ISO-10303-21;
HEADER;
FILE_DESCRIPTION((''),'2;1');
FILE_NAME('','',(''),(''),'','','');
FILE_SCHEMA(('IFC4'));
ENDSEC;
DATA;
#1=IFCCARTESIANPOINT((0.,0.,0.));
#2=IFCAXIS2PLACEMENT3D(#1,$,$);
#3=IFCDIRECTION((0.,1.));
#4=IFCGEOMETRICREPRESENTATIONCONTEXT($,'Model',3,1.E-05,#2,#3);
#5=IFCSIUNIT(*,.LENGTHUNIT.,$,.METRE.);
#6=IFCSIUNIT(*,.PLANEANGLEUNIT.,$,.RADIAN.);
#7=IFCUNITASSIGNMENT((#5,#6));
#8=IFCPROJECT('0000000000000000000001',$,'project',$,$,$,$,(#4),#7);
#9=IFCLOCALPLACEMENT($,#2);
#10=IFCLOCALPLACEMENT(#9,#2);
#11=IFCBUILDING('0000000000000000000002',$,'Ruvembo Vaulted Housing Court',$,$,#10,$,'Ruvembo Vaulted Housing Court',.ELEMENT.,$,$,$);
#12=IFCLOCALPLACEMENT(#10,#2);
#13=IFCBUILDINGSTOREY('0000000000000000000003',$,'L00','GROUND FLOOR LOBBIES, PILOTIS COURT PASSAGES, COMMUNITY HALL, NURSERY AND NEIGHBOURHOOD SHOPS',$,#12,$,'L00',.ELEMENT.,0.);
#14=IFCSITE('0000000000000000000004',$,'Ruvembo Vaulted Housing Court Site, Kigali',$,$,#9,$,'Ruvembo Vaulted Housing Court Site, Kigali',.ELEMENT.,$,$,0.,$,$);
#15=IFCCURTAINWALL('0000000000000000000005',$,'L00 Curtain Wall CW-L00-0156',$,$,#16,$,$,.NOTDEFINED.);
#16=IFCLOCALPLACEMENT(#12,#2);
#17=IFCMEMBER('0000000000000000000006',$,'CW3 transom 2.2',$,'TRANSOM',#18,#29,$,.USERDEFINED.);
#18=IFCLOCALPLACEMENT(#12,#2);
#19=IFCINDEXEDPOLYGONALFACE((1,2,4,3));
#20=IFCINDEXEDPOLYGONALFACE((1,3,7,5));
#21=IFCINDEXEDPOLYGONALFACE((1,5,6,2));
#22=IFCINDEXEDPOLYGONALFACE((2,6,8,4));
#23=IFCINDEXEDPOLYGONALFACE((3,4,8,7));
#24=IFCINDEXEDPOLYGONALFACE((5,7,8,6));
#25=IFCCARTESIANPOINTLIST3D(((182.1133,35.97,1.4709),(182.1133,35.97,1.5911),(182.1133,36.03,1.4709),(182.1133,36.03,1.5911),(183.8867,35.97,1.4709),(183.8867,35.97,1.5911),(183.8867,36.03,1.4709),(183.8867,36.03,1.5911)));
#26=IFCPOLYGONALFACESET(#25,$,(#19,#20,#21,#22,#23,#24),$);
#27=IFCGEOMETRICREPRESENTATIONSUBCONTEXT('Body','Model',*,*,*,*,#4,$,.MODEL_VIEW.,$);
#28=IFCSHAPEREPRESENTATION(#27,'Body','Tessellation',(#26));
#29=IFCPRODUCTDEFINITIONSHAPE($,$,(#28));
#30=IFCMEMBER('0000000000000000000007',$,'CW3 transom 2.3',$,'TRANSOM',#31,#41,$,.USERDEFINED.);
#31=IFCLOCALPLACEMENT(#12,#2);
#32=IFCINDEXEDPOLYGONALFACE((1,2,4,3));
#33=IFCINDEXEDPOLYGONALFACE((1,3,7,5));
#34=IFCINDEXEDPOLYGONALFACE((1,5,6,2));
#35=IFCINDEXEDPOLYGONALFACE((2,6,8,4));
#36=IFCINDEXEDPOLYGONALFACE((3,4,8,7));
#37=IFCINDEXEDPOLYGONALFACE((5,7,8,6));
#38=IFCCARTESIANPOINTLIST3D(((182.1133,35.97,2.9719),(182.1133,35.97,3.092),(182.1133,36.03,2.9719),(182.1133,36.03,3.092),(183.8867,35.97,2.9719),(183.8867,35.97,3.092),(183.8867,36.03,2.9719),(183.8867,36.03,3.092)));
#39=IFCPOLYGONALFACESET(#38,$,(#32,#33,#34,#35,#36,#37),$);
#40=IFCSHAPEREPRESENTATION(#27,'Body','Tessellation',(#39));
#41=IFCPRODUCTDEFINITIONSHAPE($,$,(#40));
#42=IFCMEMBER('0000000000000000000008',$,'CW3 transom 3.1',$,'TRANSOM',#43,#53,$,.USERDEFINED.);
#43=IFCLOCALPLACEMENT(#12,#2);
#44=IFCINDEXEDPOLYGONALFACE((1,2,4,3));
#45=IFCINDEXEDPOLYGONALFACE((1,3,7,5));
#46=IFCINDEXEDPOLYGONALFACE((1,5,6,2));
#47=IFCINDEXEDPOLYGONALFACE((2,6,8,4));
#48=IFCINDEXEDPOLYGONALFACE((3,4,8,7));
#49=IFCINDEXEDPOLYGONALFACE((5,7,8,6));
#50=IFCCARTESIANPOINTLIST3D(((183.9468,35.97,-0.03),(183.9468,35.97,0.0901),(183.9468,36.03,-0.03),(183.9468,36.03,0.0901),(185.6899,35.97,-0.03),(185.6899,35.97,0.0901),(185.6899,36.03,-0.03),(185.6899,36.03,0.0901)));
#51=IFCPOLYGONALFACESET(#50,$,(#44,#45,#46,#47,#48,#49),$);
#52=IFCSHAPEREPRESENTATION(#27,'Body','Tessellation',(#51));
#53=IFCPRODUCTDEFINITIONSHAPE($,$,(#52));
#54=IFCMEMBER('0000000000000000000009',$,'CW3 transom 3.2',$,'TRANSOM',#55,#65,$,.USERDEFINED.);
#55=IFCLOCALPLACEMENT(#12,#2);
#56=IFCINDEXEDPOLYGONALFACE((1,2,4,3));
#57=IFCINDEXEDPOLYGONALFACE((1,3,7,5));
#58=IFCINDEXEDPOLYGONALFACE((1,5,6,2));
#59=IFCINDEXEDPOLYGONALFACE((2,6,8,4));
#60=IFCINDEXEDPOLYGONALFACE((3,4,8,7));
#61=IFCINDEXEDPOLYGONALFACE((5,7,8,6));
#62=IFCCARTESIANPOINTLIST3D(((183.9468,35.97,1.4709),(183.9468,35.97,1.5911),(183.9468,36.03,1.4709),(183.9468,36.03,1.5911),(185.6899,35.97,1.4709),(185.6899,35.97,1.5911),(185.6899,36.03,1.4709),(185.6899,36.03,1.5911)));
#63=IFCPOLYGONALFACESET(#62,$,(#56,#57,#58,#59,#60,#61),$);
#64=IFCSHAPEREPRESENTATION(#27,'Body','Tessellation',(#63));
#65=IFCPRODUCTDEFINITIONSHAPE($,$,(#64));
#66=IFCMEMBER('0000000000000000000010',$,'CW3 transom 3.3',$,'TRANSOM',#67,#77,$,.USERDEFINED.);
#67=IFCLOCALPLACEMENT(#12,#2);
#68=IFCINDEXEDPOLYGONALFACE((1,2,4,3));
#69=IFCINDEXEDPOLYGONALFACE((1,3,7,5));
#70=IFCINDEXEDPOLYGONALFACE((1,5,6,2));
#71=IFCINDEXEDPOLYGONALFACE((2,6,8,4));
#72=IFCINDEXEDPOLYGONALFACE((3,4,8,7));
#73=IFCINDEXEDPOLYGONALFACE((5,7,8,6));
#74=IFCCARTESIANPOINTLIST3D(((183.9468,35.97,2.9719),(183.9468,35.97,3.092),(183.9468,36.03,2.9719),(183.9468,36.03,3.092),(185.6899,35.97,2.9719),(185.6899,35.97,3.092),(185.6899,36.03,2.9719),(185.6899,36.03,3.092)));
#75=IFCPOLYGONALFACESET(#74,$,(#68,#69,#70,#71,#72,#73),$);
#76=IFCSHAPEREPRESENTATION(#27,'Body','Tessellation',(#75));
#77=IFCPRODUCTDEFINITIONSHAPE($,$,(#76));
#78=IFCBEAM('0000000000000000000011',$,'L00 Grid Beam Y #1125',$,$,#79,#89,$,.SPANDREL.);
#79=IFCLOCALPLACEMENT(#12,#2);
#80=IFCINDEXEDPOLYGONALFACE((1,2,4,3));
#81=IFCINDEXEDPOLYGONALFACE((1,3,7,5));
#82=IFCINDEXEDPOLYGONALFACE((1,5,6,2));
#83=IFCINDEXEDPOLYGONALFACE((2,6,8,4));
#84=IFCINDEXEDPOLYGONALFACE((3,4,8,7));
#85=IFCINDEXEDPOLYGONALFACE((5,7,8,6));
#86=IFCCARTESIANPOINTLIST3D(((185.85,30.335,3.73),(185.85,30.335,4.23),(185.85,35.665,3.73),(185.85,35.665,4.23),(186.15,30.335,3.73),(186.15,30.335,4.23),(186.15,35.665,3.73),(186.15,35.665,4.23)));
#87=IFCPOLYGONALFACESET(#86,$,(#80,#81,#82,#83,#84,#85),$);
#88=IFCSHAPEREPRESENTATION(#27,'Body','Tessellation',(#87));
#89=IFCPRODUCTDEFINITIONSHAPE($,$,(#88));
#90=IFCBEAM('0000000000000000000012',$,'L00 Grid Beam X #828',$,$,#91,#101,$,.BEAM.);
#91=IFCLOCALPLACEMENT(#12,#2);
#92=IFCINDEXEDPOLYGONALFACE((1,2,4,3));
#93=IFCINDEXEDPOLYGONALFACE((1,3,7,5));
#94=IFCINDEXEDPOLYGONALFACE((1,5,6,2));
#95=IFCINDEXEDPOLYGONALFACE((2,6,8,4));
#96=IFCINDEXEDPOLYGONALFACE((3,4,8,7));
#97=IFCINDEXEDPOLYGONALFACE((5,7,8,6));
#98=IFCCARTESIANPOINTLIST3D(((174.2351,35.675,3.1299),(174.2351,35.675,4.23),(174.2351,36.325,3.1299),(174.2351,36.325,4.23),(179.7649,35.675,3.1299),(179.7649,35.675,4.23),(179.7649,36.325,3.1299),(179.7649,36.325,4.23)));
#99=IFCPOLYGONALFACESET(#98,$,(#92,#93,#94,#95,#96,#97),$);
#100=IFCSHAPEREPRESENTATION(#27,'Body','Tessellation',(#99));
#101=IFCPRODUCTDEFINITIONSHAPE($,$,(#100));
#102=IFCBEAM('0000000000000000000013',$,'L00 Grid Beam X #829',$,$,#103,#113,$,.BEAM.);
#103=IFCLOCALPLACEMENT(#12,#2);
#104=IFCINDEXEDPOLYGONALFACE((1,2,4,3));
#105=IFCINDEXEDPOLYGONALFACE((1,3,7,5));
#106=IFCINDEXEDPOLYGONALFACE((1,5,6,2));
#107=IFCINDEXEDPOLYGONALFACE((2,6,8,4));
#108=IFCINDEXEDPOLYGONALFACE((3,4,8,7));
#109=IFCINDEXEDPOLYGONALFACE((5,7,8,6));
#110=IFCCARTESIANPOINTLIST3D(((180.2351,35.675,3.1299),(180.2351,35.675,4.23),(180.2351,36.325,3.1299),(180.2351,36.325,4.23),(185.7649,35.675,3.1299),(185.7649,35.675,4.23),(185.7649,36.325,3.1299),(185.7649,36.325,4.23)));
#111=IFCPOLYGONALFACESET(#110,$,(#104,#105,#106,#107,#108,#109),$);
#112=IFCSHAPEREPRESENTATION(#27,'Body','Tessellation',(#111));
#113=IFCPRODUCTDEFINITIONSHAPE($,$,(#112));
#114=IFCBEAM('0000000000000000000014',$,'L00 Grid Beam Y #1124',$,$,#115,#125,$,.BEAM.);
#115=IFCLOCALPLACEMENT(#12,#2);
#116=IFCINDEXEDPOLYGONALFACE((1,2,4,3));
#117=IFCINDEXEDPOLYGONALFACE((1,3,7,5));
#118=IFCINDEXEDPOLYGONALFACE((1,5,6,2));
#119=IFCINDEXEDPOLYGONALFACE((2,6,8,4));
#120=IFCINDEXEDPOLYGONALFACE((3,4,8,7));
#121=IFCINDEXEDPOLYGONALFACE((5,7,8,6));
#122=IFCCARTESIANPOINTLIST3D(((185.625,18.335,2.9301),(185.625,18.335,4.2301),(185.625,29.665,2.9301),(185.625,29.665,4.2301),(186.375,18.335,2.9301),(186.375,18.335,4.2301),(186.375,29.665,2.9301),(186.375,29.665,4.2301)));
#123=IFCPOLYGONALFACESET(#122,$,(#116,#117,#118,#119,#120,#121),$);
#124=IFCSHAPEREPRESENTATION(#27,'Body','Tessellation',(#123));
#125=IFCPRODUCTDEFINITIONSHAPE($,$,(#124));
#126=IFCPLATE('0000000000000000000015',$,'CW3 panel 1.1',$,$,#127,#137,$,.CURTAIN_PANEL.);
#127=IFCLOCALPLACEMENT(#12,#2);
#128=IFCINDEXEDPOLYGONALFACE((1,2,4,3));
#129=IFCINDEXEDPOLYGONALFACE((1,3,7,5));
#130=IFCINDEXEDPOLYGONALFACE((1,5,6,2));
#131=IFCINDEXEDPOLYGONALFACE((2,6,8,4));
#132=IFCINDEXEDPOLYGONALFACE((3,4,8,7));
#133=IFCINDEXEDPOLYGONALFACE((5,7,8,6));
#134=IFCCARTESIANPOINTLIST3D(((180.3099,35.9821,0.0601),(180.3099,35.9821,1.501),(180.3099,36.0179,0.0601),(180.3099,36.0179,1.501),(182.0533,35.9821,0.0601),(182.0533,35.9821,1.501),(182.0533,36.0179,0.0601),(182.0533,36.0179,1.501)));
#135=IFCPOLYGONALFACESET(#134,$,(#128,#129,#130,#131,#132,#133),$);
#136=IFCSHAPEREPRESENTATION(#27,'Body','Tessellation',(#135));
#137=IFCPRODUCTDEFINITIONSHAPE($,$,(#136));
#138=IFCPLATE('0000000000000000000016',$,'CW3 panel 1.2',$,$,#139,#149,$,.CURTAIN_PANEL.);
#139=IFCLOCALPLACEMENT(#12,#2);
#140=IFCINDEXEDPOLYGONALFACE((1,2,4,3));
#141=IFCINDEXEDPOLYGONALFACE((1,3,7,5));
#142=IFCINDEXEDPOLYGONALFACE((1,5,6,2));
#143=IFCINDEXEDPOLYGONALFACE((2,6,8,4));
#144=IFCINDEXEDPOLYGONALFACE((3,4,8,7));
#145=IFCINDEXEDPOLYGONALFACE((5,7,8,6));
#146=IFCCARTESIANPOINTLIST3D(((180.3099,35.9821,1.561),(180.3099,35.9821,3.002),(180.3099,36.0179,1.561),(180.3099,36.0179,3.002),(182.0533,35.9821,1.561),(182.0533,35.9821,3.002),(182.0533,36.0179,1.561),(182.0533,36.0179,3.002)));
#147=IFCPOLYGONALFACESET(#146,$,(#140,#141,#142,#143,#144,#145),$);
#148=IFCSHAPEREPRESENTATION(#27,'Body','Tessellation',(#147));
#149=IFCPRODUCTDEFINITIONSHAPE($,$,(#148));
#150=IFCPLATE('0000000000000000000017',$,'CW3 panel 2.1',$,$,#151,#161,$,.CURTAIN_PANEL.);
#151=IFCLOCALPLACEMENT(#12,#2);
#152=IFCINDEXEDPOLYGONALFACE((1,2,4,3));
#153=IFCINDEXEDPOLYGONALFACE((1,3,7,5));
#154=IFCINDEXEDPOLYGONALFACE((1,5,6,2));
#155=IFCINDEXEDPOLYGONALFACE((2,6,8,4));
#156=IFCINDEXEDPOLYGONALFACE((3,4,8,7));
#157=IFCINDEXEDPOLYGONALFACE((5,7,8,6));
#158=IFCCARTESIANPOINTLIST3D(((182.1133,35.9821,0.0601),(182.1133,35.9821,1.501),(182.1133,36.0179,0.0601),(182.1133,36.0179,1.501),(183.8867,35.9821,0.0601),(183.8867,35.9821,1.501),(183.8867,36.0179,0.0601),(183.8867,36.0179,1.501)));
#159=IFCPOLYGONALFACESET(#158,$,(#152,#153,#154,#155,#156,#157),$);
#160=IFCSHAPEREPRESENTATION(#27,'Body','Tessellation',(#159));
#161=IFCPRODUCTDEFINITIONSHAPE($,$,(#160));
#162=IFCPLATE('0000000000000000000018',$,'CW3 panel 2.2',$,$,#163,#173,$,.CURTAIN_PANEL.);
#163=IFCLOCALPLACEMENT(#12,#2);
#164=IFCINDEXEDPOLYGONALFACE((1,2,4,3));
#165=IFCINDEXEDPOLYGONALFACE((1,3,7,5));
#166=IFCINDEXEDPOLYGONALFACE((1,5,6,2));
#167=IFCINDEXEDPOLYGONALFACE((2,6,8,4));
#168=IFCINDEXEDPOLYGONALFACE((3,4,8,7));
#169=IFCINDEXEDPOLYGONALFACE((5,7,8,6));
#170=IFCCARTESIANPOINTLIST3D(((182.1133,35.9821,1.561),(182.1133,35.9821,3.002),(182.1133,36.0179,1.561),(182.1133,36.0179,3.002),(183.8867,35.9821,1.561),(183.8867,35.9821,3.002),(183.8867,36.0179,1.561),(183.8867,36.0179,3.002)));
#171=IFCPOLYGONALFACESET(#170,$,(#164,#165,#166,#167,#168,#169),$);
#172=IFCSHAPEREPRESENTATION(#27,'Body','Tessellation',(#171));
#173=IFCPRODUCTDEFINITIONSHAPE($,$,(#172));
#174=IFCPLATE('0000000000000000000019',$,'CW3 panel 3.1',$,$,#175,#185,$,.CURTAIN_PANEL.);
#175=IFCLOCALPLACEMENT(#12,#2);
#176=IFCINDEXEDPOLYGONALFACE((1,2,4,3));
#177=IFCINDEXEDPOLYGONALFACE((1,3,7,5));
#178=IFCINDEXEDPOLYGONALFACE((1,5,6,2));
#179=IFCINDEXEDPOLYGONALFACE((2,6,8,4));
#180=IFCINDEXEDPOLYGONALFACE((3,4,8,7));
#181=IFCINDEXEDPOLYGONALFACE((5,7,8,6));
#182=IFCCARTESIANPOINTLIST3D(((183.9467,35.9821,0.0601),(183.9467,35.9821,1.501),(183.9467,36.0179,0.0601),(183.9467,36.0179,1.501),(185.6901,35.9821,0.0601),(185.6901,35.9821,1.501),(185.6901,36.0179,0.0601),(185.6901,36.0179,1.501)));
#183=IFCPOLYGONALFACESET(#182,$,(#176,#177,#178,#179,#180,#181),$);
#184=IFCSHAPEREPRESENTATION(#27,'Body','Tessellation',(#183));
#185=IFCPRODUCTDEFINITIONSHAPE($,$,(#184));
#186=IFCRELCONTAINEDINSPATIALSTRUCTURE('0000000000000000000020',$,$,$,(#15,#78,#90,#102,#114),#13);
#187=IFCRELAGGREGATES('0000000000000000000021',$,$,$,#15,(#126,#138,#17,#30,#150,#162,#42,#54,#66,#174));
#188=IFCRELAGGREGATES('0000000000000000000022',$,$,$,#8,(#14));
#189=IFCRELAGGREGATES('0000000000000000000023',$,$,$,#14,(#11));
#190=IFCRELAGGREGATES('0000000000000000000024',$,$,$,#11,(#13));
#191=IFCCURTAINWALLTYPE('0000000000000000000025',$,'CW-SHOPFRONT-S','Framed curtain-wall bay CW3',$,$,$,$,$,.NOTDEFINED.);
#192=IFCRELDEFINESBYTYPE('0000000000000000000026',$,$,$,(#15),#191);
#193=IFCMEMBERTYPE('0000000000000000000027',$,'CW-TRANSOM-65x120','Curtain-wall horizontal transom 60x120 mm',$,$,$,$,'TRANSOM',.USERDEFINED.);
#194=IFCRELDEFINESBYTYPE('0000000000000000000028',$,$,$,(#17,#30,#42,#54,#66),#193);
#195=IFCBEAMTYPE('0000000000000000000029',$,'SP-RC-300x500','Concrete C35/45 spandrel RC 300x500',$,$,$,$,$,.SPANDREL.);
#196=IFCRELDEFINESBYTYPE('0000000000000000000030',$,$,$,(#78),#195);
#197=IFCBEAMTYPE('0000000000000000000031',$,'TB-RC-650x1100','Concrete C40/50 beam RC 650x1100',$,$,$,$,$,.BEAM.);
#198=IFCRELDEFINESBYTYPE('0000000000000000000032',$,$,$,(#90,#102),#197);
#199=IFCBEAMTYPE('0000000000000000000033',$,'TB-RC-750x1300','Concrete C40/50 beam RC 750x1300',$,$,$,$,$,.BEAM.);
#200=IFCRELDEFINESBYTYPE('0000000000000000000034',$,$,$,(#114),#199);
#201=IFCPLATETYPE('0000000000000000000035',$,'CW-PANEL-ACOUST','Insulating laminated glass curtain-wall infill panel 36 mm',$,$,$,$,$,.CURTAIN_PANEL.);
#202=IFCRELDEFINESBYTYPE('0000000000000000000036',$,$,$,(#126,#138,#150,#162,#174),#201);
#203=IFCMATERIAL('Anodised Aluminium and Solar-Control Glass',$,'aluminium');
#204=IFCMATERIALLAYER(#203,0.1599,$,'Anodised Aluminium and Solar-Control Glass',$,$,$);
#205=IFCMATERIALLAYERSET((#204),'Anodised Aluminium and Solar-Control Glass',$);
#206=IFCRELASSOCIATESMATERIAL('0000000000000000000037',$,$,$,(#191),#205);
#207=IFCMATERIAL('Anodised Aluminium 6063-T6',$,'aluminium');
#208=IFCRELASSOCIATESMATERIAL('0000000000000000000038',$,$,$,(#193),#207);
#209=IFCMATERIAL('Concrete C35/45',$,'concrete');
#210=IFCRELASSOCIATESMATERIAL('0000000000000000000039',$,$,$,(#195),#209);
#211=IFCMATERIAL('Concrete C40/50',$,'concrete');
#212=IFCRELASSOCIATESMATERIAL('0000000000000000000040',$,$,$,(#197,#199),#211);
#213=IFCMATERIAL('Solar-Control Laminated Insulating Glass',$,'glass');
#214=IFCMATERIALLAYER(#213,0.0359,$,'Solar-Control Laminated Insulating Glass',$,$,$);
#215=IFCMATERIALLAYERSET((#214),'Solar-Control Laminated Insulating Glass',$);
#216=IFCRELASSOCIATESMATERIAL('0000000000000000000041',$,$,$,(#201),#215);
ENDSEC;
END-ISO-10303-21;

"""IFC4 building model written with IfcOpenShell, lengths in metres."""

from ifc_helpers import new_model, si_unit, direction, frame, origin, origin_2d, place, context, subcontext, project, spatial, rectangle, extrude, material, layer, layer_set, material_profile, profile_set, type_object, element, aggregate, save


model = new_model("IFC4")

# Units and contexts
model_context = context("Model", 3, precision=1e-05, world=origin(), true_north=direction((0.0, 1.0)))
body_context = subcontext(model_context, "Body", "Model", "MODEL_VIEW")
ifc_project = project(units=[si_unit("LENGTHUNIT", "METRE"), si_unit("PLANEANGLEUNIT", "RADIAN")], contexts=[model_context])

# Site, building, storey
site_placement = place(None, origin())
site = spatial("IfcSite", under=ifc_project, at=site_placement, Name="Ruvembo Vaulted Housing Court Site, Kigali", LongName="Ruvembo Vaulted Housing Court Site, Kigali", CompositionType="ELEMENT", RefElevation=0.0)
building_placement = place(site_placement, origin())
building = spatial("IfcBuilding", under=site, at=building_placement, Name="Ruvembo Vaulted Housing Court", LongName="Ruvembo Vaulted Housing Court", CompositionType="ELEMENT")
storey_placement = place(building_placement, origin())
storey = spatial("IfcBuildingStorey", under=building, at=storey_placement, Name="L00", Description="GROUND FLOOR LOBBIES, PILOTIS COURT PASSAGES, COMMUNITY HALL, NURSERY AND NEIGHBOURHOOD SHOPS", LongName="L00", CompositionType="ELEMENT", Elevation=0.0)

# Shared definitions
ifc_material_1 = material(Name="Concrete C35/45", Category="concrete")

# Curtain wall, members
ifc_material_2 = material(Name="Anodised Aluminium and Solar-Control Glass", Category="aluminium")
ifc_layer_1 = layer(ifc_material_2, 0.1599, Name="Anodised Aluminium and Solar-Control Glass")
ifc_layer_set_1 = layer_set([ifc_layer_1], Name="Anodised Aluminium and Solar-Control Glass")
curtain_wall_type = type_object("IfcCurtainWallType", Name="CW-SHOPFRONT-S", Description="Framed curtain-wall bay CW3", PredefinedType="NOTDEFINED", material=ifc_layer_set_1)
curtain_wall_placement = place(storey_placement, origin())
curtain_wall = element("IfcCurtainWall", 1, at=curtain_wall_placement, inside=storey, type_object=curtain_wall_type, Name="L00 Curtain Wall CW-L00-0156", PredefinedType="NOTDEFINED")
ifc_material_3 = material(Name="Anodised Aluminium 6063-T6", Category="aluminium")
ifc_material_profile_1 = material_profile(ifc_material_3, rectangle(XDim=0.0601, YDim=0.1201, at=origin_2d()), Name="ALU 60x120")
ifc_profile_set_1 = profile_set([ifc_material_profile_1], Name="Anodised Aluminium 6063-T6")
member_type_1 = type_object("IfcMemberType", Name="CW-TRANSOM-65x120", Description="Curtain-wall horizontal transom 60x120 mm", ElementType="TRANSOM", PredefinedType="USERDEFINED", material=ifc_profile_set_1)
member_1_placement = place(storey_placement, frame((182.1133, 36.0, 1.531), z_axis=(1.0, 0.0, 0.0), x_axis=(0.0, 1.0, 0.0)))
member_1 = element("IfcMember", 2, at=member_1_placement, type_object=member_type_1, Name="CW3 transom 2.2", ObjectType="TRANSOM", PredefinedType="USERDEFINED", context=body_context, shape_type="SweptSolid", body=[
    extrude(rectangle(XDim=0.0601, YDim=0.1201, at=origin_2d()), origin(), (0.0, 0.0, 1.0), 1.7734),
])
member_2_placement = place(storey_placement, frame((182.1133, 36.0, 3.032), z_axis=(1.0, 0.0, 0.0), x_axis=(0.0, 1.0, 0.0)))
member_2 = element("IfcMember", 3, at=member_2_placement, type_object=member_type_1, Name="CW3 transom 2.3", ObjectType="TRANSOM", PredefinedType="USERDEFINED", context=body_context, shape_type="SweptSolid", body=[
    extrude(rectangle(XDim=0.0601, YDim=0.1201, at=origin_2d()), origin(), (0.0, 0.0, 1.0), 1.7734),
])
member_3_placement = place(storey_placement, frame((183.9468, 36.0, 0.03), z_axis=(1.0, 0.0, 0.0), x_axis=(0.0, 1.0, 0.0)))
member_3 = element("IfcMember", 4, at=member_3_placement, type_object=member_type_1, Name="CW3 transom 3.1", ObjectType="TRANSOM", PredefinedType="USERDEFINED", context=body_context, shape_type="SweptSolid", body=[
    extrude(rectangle(XDim=0.0601, YDim=0.1201, at=origin_2d()), origin(), (0.0, 0.0, 1.0), 1.7432),
])
member_4_placement = place(storey_placement, frame((183.9468, 36.0, 1.531), z_axis=(1.0, 0.0, 0.0), x_axis=(0.0, 1.0, 0.0)))
member_4 = element("IfcMember", 5, at=member_4_placement, type_object=member_type_1, Name="CW3 transom 3.2", ObjectType="TRANSOM", PredefinedType="USERDEFINED", context=body_context, shape_type="SweptSolid", body=[
    extrude(rectangle(XDim=0.0601, YDim=0.1201, at=origin_2d()), origin(), (0.0, 0.0, 1.0), 1.7432),
])
member_5_placement = place(storey_placement, frame((183.9468, 36.0, 3.032), z_axis=(1.0, 0.0, 0.0), x_axis=(0.0, 1.0, 0.0)))
member_5 = element("IfcMember", 6, at=member_5_placement, type_object=member_type_1, Name="CW3 transom 3.3", ObjectType="TRANSOM", PredefinedType="USERDEFINED", context=body_context, shape_type="SweptSolid", body=[
    extrude(rectangle(XDim=0.0601, YDim=0.1201, at=origin_2d()), origin(), (0.0, 0.0, 1.0), 1.7432),
])

# Beams
ifc_material_profile_2 = material_profile(ifc_material_1, rectangle(XDim=0.3, YDim=0.5, at=origin_2d()), Name="RC 300x500")
ifc_profile_set_2 = profile_set([ifc_material_profile_2], Name="Concrete C35/45")
beam_type_1 = type_object("IfcBeamType", Name="SP-RC-300x500", Description="Concrete C35/45 spandrel RC 300x500", PredefinedType="SPANDREL", material=ifc_profile_set_2)
beam_1_placement = place(storey_placement, frame((186.0, 30.335, 3.98), z_axis=(0.0, 1.0, 0.0), x_axis=(-1.0, 0.0, 0.0)))
element("IfcBeam", 7, at=beam_1_placement, inside=storey, type_object=beam_type_1, Name="L00 Grid Beam Y #1125", PredefinedType="SPANDREL", context=body_context, shape_type="SweptSolid", body=[
    extrude(rectangle(XDim=0.3, YDim=0.5, at=origin_2d()), origin(), (0.0, 0.0, 1.0), 5.3301),
])
ifc_material_4 = material(Name="Concrete C40/50", Category="concrete")
ifc_material_profile_3 = material_profile(ifc_material_4, rectangle(XDim=0.6499, YDim=1.1001, at=origin_2d()), Name="RC 650x1100")
ifc_profile_set_3 = profile_set([ifc_material_profile_3], Name="Concrete C40/50")
beam_type_2 = type_object("IfcBeamType", Name="TB-RC-650x1100", Description="Concrete C40/50 beam RC 650x1100", PredefinedType="BEAM", material=ifc_profile_set_3)
for number, where, z_axis, x_axis, name in (
    (8, (174.2351, 36.0, 3.6799), (1.0, 0.0, 0.0), (0.0, 1.0, 0.0), "L00 Grid Beam X #828"),
    (9, (180.2351, 36.0, 3.6799), (1.0, 0.0, 0.0), (0.0, 1.0, 0.0), "L00 Grid Beam X #829"),
):
    element("IfcBeam", number, at=place(storey_placement, frame(where, z_axis=z_axis, x_axis=x_axis)), inside=storey, type_object=beam_type_2, Name=name, PredefinedType="BEAM", context=body_context, shape_type="SweptSolid", body=[
        extrude(rectangle(XDim=0.6499, YDim=1.1001, at=origin_2d()), origin(), (0.0, 0.0, 1.0), 5.5298),
    ])
ifc_material_profile_4 = material_profile(ifc_material_4, rectangle(XDim=0.75, YDim=1.3, at=origin_2d()), Name="RC 750x1300")
ifc_profile_set_4 = profile_set([ifc_material_profile_4], Name="Concrete C40/50")
beam_type_3 = type_object("IfcBeamType", Name="TB-RC-750x1300", Description="Concrete C40/50 beam RC 750x1300", PredefinedType="BEAM", material=ifc_profile_set_4)
beam_2_placement = place(storey_placement, frame((186.0, 18.335, 3.5801), z_axis=(0.0, 1.0, 0.0), x_axis=(-1.0, 0.0, 0.0)))
element("IfcBeam", 10, at=beam_2_placement, inside=storey, type_object=beam_type_3, Name="L00 Grid Beam Y #1124", PredefinedType="BEAM", context=body_context, shape_type="SweptSolid", body=[
    extrude(rectangle(XDim=0.75, YDim=1.3, at=origin_2d()), origin(), (0.0, 0.0, 1.0), 11.3301),
])

# Plates
ifc_material_5 = material(Name="Solar-Control Laminated Insulating Glass", Category="glass")
ifc_layer_2 = layer(ifc_material_5, 0.0359, Name="Solar-Control Laminated Insulating Glass")
ifc_layer_set_2 = layer_set([ifc_layer_2], Name="Solar-Control Laminated Insulating Glass")
plate_type = type_object("IfcPlateType", Name="CW-PANEL-ACOUST", Description="Insulating laminated glass curtain-wall infill panel 36 mm", PredefinedType="CURTAIN_PANEL", material=ifc_layer_set_2)
plate_1_placement = place(storey_placement, frame((181.1816, 36.0, 0.0601), z_axis=(0.0, 0.0, 1.0), x_axis=(1.0, 0.0, 0.0)))
plate_1 = element("IfcPlate", 11, at=plate_1_placement, type_object=plate_type, Name="CW3 panel 1.1", PredefinedType="CURTAIN_PANEL", context=body_context, shape_type="SweptSolid", body=[
    extrude(rectangle(XDim=1.7434, YDim=0.0359, at=origin_2d()), origin(), (0.0, 0.0, 1.0), 1.4409),
])
plate_2_placement = place(storey_placement, frame((181.1816, 36.0, 1.561), z_axis=(0.0, 0.0, 1.0), x_axis=(1.0, 0.0, 0.0)))
plate_2 = element("IfcPlate", 12, at=plate_2_placement, type_object=plate_type, Name="CW3 panel 1.2", PredefinedType="CURTAIN_PANEL", context=body_context, shape_type="SweptSolid", body=[
    extrude(rectangle(XDim=1.7434, YDim=0.0359, at=origin_2d()), origin(), (0.0, 0.0, 1.0), 1.4409),
])
plate_3_placement = place(storey_placement, frame((183.0, 36.0, 0.0601), z_axis=(0.0, 0.0, 1.0), x_axis=(1.0, 0.0, 0.0)))
plate_3 = element("IfcPlate", 13, at=plate_3_placement, type_object=plate_type, Name="CW3 panel 2.1", PredefinedType="CURTAIN_PANEL", context=body_context, shape_type="SweptSolid", body=[
    extrude(rectangle(XDim=1.7734, YDim=0.0359, at=origin_2d()), origin(), (0.0, 0.0, 1.0), 1.4409),
])
plate_4_placement = place(storey_placement, frame((183.0, 36.0, 1.561), z_axis=(0.0, 0.0, 1.0), x_axis=(1.0, 0.0, 0.0)))
plate_4 = element("IfcPlate", 14, at=plate_4_placement, type_object=plate_type, Name="CW3 panel 2.2", PredefinedType="CURTAIN_PANEL", context=body_context, shape_type="SweptSolid", body=[
    extrude(rectangle(XDim=1.7734, YDim=0.0359, at=origin_2d()), origin(), (0.0, 0.0, 1.0), 1.4409),
])
plate_5_placement = place(storey_placement, frame((184.8184, 36.0, 0.0601), z_axis=(0.0, 0.0, 1.0), x_axis=(1.0, 0.0, 0.0)))
plate_5 = element("IfcPlate", 15, at=plate_5_placement, type_object=plate_type, Name="CW3 panel 3.1", PredefinedType="CURTAIN_PANEL", context=body_context, shape_type="SweptSolid", body=[
    extrude(rectangle(XDim=1.7434, YDim=0.0359, at=origin_2d()), origin(), (0.0, 0.0, 1.0), 1.4409),
])
aggregate(curtain_wall, [plate_1, plate_2, member_1, member_2, plate_3, plate_4, member_3, member_4, member_5, plate_5])

save(model, "model.ifc")
